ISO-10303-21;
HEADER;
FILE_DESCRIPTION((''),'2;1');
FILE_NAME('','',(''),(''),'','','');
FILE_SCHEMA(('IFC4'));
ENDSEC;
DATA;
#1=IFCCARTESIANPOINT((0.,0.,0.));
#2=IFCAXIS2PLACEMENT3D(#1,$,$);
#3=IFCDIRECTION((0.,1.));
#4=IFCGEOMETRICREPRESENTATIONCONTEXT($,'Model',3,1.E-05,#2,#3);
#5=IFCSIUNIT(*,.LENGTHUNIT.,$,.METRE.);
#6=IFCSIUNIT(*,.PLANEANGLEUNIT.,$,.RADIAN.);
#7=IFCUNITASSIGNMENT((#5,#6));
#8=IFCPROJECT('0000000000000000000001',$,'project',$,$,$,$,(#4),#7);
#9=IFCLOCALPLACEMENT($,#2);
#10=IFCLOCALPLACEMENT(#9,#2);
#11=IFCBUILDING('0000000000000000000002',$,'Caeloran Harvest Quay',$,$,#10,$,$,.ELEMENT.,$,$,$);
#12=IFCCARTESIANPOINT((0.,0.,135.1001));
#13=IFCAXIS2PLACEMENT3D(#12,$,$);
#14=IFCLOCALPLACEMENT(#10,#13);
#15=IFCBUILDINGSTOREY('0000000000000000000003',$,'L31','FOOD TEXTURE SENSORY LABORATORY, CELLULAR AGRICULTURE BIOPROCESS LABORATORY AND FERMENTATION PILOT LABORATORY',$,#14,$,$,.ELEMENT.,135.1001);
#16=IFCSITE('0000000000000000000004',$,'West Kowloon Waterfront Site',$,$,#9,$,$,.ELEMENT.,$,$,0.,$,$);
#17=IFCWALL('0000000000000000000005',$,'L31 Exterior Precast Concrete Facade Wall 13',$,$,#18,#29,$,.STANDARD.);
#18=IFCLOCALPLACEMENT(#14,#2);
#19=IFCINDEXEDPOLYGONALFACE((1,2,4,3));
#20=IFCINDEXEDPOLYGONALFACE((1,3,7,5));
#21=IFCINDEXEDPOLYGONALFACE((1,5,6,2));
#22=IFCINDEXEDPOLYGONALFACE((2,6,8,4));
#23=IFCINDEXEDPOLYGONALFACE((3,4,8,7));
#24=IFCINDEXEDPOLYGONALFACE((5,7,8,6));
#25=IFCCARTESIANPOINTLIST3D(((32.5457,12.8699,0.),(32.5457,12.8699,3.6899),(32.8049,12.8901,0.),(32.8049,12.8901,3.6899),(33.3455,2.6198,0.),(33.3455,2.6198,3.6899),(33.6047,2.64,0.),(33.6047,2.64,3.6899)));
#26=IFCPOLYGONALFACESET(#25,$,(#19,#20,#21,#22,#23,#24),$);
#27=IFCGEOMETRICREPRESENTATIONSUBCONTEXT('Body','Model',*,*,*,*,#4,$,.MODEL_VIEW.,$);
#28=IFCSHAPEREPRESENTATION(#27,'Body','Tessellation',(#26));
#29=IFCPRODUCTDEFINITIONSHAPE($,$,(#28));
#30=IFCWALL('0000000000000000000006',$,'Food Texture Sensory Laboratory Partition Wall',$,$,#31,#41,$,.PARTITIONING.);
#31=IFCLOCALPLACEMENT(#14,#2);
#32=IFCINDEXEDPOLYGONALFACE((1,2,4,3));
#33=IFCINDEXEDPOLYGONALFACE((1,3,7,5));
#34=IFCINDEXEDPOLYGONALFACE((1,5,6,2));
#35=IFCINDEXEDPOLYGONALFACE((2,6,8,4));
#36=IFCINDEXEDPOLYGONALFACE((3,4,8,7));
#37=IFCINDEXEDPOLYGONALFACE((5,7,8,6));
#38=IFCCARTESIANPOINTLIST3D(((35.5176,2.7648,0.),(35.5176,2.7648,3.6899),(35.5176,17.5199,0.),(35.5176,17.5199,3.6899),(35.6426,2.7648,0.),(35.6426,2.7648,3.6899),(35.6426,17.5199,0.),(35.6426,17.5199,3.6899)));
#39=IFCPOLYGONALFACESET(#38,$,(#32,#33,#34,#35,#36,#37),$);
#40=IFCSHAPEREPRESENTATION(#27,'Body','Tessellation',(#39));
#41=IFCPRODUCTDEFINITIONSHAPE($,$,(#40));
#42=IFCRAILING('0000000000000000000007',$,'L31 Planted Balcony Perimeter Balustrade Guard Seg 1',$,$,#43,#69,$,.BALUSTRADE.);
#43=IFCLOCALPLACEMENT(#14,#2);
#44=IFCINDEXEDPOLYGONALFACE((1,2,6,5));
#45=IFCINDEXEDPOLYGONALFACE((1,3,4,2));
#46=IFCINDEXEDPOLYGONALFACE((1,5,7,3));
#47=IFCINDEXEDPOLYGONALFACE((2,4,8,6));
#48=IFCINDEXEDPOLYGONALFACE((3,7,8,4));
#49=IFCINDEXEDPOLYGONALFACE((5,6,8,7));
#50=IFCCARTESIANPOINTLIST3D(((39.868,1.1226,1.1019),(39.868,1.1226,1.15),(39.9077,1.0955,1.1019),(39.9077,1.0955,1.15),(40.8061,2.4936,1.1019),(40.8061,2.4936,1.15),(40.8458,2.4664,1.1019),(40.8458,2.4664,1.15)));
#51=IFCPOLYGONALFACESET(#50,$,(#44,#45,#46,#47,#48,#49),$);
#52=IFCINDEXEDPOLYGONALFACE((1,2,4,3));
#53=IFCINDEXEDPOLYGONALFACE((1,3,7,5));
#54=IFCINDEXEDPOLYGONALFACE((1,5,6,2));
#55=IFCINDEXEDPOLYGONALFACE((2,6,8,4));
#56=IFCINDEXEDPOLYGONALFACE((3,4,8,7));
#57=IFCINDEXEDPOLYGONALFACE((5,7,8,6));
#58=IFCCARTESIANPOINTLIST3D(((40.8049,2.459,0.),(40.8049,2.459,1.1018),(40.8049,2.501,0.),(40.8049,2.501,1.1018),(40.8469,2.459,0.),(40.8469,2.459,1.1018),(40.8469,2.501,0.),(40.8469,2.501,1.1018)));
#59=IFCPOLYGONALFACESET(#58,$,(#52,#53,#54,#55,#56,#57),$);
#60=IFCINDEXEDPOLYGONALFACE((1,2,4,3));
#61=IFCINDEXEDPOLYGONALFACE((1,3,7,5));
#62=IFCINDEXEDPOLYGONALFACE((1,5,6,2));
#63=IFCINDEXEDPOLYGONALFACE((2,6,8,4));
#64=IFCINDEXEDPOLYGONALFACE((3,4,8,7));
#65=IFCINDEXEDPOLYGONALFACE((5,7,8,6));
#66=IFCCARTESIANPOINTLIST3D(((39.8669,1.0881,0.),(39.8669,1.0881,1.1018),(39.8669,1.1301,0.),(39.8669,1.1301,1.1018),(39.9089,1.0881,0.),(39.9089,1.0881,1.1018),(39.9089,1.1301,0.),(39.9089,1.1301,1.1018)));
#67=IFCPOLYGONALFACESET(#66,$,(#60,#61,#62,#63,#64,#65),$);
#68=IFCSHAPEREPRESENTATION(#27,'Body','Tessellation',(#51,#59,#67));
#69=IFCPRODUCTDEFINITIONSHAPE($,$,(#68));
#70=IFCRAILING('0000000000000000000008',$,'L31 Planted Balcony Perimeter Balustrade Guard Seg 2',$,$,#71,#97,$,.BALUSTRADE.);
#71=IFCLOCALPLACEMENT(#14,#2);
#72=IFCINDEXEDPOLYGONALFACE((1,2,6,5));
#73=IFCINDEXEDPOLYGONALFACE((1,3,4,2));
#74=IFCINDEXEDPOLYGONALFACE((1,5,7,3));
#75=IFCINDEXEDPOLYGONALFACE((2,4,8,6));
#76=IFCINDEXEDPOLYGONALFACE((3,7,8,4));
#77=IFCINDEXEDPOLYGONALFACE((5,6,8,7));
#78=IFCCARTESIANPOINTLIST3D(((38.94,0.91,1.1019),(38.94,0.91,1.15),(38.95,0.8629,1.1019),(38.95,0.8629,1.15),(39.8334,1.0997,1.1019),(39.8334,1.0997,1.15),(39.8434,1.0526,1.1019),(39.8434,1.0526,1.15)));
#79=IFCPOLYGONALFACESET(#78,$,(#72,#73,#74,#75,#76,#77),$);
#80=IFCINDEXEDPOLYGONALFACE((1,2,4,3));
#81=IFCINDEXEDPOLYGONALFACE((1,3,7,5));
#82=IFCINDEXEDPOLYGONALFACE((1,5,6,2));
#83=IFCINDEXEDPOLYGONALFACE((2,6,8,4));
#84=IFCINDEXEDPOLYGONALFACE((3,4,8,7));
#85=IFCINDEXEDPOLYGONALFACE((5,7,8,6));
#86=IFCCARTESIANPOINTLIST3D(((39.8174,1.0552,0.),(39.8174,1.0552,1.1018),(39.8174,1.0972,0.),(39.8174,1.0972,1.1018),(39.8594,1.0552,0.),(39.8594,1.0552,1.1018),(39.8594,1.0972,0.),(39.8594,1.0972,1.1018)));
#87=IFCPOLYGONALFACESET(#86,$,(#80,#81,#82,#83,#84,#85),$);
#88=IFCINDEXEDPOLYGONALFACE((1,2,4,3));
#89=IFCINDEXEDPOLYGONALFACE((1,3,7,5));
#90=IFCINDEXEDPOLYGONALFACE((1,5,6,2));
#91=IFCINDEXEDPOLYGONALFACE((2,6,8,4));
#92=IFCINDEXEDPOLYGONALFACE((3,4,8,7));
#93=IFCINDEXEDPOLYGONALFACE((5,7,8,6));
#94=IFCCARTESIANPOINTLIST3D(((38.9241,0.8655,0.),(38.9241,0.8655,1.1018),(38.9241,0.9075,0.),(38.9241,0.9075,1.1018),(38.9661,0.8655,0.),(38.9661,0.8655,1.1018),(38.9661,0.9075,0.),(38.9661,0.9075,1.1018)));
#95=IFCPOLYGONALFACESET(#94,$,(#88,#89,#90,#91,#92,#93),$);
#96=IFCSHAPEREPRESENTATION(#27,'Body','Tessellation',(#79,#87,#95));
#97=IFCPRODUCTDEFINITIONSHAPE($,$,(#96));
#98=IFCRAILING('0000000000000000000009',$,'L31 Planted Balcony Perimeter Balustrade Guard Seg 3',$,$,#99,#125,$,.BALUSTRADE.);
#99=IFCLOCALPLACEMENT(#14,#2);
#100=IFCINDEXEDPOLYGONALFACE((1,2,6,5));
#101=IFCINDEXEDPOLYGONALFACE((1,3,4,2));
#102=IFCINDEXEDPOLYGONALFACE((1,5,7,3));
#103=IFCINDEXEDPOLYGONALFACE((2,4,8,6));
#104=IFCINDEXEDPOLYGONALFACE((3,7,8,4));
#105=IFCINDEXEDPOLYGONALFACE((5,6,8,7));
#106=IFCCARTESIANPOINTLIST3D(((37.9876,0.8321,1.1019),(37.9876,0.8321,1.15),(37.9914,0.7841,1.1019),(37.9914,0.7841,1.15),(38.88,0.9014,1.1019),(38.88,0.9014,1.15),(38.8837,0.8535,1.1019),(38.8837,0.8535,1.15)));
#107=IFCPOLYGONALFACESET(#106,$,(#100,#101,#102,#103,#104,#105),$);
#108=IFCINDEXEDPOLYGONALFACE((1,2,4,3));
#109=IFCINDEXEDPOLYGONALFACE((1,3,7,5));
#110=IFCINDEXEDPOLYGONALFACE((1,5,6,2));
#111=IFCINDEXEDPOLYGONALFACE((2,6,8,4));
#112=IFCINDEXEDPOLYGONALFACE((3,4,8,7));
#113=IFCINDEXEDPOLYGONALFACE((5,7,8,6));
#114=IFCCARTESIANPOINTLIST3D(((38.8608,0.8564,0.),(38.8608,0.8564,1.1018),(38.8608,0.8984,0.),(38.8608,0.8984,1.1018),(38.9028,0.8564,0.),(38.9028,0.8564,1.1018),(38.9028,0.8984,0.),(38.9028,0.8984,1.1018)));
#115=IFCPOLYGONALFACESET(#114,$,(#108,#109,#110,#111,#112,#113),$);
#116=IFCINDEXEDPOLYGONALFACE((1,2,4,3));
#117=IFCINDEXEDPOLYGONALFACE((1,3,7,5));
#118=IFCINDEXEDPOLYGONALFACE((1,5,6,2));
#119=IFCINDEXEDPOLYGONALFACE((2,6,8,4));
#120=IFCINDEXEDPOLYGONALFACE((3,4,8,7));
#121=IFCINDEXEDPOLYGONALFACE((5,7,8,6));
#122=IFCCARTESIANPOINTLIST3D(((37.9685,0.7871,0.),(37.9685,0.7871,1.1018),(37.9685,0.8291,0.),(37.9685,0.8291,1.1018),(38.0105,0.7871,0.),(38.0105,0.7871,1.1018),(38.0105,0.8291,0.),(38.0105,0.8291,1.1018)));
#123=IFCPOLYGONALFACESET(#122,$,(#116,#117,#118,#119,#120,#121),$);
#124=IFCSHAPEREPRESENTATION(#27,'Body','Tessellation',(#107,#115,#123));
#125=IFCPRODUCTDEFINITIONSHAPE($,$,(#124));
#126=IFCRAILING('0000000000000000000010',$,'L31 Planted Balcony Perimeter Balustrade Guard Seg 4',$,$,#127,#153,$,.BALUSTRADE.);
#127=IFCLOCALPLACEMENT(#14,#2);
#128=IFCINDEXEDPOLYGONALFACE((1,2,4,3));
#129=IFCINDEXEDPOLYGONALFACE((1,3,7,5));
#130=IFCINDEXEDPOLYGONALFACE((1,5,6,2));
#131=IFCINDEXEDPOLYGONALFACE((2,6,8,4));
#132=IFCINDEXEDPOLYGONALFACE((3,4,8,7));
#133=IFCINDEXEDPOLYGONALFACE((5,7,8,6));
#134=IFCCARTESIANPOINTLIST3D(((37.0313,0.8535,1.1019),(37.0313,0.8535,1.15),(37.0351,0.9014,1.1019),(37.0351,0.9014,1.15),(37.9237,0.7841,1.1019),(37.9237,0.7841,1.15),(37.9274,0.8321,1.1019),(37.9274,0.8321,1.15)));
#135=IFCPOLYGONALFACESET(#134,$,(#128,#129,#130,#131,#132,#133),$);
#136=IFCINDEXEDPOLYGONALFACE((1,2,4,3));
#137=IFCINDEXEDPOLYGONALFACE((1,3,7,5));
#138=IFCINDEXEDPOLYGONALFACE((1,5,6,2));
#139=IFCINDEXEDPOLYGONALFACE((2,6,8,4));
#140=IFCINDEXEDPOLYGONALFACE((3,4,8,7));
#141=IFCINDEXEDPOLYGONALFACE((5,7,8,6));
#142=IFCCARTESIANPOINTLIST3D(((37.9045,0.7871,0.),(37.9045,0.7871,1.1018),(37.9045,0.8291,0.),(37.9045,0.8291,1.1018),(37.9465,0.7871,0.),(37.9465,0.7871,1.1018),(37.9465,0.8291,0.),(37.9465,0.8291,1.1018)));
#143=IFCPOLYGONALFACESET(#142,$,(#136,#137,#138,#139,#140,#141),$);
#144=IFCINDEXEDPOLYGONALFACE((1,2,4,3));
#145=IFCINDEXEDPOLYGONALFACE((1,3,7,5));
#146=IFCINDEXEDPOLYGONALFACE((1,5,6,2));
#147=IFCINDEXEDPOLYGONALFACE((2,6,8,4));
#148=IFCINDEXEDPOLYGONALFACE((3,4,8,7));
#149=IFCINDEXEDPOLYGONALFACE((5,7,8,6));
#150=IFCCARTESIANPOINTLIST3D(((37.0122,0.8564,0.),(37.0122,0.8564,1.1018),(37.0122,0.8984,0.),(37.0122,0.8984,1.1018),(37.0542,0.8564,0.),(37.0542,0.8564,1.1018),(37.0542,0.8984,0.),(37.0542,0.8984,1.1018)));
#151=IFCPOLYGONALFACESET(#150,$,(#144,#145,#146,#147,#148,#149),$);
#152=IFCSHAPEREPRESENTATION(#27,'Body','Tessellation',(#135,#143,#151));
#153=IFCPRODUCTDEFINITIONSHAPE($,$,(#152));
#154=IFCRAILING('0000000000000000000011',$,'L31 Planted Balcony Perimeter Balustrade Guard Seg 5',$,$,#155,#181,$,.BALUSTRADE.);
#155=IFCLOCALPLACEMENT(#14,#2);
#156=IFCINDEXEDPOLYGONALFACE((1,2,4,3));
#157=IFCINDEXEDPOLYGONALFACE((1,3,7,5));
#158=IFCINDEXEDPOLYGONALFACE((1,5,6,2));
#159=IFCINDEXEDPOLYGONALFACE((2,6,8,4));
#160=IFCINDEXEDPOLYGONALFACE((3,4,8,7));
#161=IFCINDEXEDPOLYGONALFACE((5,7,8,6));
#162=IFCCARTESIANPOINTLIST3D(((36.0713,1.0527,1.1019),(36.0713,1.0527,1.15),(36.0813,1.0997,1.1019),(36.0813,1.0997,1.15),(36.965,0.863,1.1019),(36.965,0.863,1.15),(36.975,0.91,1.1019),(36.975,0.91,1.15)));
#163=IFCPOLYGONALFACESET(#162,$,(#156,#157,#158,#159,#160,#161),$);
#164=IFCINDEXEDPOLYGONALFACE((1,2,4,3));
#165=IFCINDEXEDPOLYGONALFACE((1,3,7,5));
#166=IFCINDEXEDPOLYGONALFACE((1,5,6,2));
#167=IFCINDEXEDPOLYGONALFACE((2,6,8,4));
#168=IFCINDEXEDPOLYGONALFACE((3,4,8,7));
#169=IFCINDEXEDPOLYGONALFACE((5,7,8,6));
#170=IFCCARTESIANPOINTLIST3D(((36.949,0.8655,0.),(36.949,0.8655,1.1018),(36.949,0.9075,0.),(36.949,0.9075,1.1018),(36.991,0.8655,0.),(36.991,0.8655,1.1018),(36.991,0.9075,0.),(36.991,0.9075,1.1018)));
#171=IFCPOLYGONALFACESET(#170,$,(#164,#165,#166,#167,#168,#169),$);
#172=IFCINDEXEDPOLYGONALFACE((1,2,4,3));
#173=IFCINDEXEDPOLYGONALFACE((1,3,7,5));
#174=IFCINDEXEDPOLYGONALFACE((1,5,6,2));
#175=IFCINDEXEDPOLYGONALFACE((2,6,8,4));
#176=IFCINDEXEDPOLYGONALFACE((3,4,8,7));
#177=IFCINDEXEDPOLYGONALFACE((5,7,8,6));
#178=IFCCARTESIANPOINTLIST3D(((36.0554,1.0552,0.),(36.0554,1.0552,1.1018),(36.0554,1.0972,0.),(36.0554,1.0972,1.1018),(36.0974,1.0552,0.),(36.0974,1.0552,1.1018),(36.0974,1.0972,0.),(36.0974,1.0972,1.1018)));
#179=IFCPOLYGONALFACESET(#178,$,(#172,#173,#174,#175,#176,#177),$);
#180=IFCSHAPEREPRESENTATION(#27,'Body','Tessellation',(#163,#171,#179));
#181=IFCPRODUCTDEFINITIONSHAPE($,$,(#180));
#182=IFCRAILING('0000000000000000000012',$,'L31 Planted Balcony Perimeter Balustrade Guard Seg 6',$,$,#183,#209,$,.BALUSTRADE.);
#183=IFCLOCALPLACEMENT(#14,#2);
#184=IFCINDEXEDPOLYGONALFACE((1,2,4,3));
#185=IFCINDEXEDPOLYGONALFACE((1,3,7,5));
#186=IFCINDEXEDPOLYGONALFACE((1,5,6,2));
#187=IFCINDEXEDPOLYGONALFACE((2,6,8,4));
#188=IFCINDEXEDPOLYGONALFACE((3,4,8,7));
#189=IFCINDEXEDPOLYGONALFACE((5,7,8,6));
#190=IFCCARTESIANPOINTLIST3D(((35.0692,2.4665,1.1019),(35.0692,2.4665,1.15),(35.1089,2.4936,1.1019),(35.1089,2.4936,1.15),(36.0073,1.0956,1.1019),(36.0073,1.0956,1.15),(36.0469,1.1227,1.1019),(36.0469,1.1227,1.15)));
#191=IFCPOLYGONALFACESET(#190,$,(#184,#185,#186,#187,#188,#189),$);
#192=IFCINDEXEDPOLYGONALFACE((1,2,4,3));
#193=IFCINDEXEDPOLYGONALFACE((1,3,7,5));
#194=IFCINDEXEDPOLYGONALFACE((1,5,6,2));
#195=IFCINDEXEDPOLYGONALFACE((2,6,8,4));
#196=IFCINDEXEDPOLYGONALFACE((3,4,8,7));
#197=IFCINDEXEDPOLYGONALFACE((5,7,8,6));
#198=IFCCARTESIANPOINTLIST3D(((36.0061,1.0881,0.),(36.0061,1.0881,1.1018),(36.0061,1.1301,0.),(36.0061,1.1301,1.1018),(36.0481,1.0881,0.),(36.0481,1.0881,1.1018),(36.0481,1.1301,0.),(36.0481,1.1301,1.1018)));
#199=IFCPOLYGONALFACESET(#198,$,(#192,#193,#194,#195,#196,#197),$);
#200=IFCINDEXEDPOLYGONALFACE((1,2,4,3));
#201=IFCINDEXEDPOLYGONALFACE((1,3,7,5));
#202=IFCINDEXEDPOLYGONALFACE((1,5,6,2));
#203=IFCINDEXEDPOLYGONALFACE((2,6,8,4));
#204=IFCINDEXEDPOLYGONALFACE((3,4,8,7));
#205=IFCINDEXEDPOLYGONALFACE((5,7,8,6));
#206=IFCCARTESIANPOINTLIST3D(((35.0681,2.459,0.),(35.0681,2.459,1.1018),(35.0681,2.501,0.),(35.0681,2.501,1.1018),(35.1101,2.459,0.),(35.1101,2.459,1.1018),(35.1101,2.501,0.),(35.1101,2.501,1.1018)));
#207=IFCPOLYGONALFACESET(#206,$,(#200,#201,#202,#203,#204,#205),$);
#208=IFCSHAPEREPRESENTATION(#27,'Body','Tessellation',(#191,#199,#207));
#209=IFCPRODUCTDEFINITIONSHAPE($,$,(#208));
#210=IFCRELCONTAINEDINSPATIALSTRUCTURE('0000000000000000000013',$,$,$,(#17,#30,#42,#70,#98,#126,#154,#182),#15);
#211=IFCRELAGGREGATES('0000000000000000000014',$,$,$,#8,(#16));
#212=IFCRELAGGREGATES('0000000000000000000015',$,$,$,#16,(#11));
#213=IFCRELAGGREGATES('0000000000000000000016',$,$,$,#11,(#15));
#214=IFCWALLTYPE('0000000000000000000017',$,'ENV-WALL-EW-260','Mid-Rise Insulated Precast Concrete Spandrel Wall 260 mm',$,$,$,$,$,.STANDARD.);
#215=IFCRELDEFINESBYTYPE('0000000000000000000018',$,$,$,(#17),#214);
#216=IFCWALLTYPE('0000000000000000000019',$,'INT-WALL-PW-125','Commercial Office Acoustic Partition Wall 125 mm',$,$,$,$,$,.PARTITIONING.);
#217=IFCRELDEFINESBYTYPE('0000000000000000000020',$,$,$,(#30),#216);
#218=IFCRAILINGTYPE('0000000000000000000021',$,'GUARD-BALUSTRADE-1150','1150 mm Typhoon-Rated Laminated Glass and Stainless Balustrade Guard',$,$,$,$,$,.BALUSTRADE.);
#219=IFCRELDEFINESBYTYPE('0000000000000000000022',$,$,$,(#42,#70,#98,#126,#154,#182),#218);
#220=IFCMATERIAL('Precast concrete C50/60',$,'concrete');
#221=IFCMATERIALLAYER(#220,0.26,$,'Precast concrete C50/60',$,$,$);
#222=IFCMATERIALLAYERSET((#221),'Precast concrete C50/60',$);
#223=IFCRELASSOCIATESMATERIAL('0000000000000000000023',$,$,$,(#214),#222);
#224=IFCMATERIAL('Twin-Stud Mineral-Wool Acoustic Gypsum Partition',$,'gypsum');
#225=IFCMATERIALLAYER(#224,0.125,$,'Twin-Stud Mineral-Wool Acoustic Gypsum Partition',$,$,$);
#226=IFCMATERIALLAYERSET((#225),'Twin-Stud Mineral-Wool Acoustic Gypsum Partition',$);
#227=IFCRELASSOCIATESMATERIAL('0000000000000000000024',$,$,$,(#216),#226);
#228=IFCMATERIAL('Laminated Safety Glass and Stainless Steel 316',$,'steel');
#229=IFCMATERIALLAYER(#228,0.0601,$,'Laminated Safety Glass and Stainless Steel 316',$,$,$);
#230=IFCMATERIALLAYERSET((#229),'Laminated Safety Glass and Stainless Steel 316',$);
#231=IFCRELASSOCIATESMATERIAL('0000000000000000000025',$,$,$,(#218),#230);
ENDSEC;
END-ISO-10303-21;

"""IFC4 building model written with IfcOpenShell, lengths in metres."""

from ifc_helpers import new_model, si_unit, direction, frame, frame_2d, origin, origin_2d, place, context, subcontext, project, spatial, rectangle, extrude, material, layer, layer_set, type_object, element, save


model = new_model("IFC4")

# Units and contexts
model_context = context("Model", 3, precision=1e-05, world=origin(), true_north=direction((0.0, 1.0)))
body_context = subcontext(model_context, "Body", "Model", "MODEL_VIEW")
ifc_project = project(units=[si_unit("LENGTHUNIT", "METRE"), si_unit("PLANEANGLEUNIT", "RADIAN")], contexts=[model_context])

# Site, building, storey
site_placement = place(None, origin())
site = spatial("IfcSite", under=ifc_project, at=site_placement, Name="West Kowloon Waterfront Site", CompositionType="ELEMENT", RefElevation=0.0)
building_placement = place(site_placement, origin())
building = spatial("IfcBuilding", under=site, at=building_placement, Name="Caeloran Harvest Quay", CompositionType="ELEMENT")
storey_placement = place(building_placement, frame((0.0, 0.0, 135.1001)))
storey = spatial("IfcBuildingStorey", under=building, at=storey_placement, Name="L31", Description="FOOD TEXTURE SENSORY LABORATORY, CELLULAR AGRICULTURE BIOPROCESS LABORATORY AND FERMENTATION PILOT LABORATORY", CompositionType="ELEMENT", Elevation=135.1001)

# Shared definitions
ifc_material_1 = material(Name="Precast concrete C50/60", Category="concrete")

# Shared definitions
ifc_layer_1 = layer(ifc_material_1, 0.26, Name="Precast concrete C50/60")
ifc_layer_set_1 = layer_set([ifc_layer_1], Name="Precast concrete C50/60")
wall_type_1 = type_object("IfcWallType", Name="ENV-WALL-EW-260", Description="Mid-Rise Insulated Precast Concrete Spandrel Wall 260 mm", PredefinedType="STANDARD", material=ifc_layer_set_1)

# Walls
wall_1_placement = place(storey_placement, frame((33.4751, 2.6299, 0.0), z_axis=(0.0, 0.0, 1.0), x_axis=(-0.077793, 0.99697, 0.0)))
element("IfcWall", 1, at=wall_1_placement, inside=storey, type_object=wall_type_1, Name="L31 Exterior Precast Concrete Facade Wall 13", PredefinedType="STANDARD", context=body_context, shape_type="SweptSolid", body=[
    extrude(rectangle(XDim=10.2812, YDim=0.26, at=frame_2d((5.1406, 0.0))), origin(), (0.0, 0.0, 1.0), 3.6899),
])
ifc_material_2 = material(Name="Twin-Stud Mineral-Wool Acoustic Gypsum Partition", Category="gypsum")
ifc_layer_2 = layer(ifc_material_2, 0.125, Name="Twin-Stud Mineral-Wool Acoustic Gypsum Partition")
ifc_layer_set_2 = layer_set([ifc_layer_2], Name="Twin-Stud Mineral-Wool Acoustic Gypsum Partition")
wall_type_2 = type_object("IfcWallType", Name="INT-WALL-PW-125", Description="Commercial Office Acoustic Partition Wall 125 mm", PredefinedType="PARTITIONING", material=ifc_layer_set_2)
wall_2_placement = place(storey_placement, frame((35.5801, 2.7649, 0.0), z_axis=(0.0, 0.0, 1.0), x_axis=(0.0, 1.0, 0.0)))
element("IfcWall", 2, at=wall_2_placement, inside=storey, type_object=wall_type_2, Name="Food Texture Sensory Laboratory Partition Wall", PredefinedType="PARTITIONING", context=body_context, shape_type="SweptSolid", body=[
    extrude(rectangle(XDim=14.7551, YDim=0.125, at=frame_2d((7.3774, 0.0))), origin(), (0.0, 0.0, 1.0), 3.6899),
])

# Railings
ifc_material_3 = material(Name="Laminated Safety Glass and Stainless Steel 316", Category="steel")
ifc_layer_3 = layer(ifc_material_3, 0.0601, Name="Laminated Safety Glass and Stainless Steel 316")
ifc_layer_set_3 = layer_set([ifc_layer_3], Name="Laminated Safety Glass and Stainless Steel 316")
railing_type = type_object("IfcRailingType", Name="GUARD-BALUSTRADE-1150", Description="1150 mm Typhoon-Rated Laminated Glass and Stainless Balustrade Guard", PredefinedType="BALUSTRADE", material=ifc_layer_set_3)
railing_1_placement = place(storey_placement, frame((40.8259, 2.48, 0.0)))
element("IfcRailing", 3, at=railing_1_placement, inside=storey, type_object=railing_type, Name="L31 Planted Balcony Perimeter Balustrade Guard Seg 1", PredefinedType="BALUSTRADE", context=body_context, shape_type="SweptSolid", body=[
    extrude(rectangle(XDim=0.0481, YDim=0.0481, at=origin_2d()), frame((0.0, 0.0, 1.126), z_axis=(-0.5647, -0.825296, 0.0), x_axis=(0.825296, -0.5647, 0.0)), (0.0, 0.0, 1.0), 1.6611),
    extrude(rectangle(XDim=0.042, YDim=0.042, at=origin_2d()), origin(), (0.0, 0.0, 1.0), 1.1018),
    extrude(rectangle(XDim=0.042, YDim=0.042, at=origin_2d()), frame((-0.938, -1.3708, 0.0)), (0.0, 0.0, 1.0), 1.1018),
])
railing_2_placement = place(storey_placement, frame((39.8384, 1.0762, 0.0)))
element("IfcRailing", 4, at=railing_2_placement, inside=storey, type_object=railing_type, Name="L31 Planted Balcony Perimeter Balustrade Guard Seg 2", PredefinedType="BALUSTRADE", context=body_context, shape_type="SweptSolid", body=[
    extrude(rectangle(XDim=0.0481, YDim=0.0481, at=origin_2d()), frame((0.0, 0.0, 1.126), z_axis=(-0.978188, -0.207721, 0.0), x_axis=(0.207721, -0.978188, 0.0)), (0.0, 0.0, 1.0), 0.9133),
    extrude(rectangle(XDim=0.042, YDim=0.042, at=origin_2d()), origin(), (0.0, 0.0, 1.0), 1.1018),
    extrude(rectangle(XDim=0.042, YDim=0.042, at=origin_2d()), frame((-0.8933, -0.1897, 0.0)), (0.0, 0.0, 1.0), 1.1018),
])
railing_3_placement = place(storey_placement, frame((38.8818, 0.8774, 0.0)))
element("IfcRailing", 5, at=railing_3_placement, inside=storey, type_object=railing_type, Name="L31 Planted Balcony Perimeter Balustrade Guard Seg 3", PredefinedType="BALUSTRADE", context=body_context, shape_type="SweptSolid", body=[
    extrude(rectangle(XDim=0.0481, YDim=0.0481, at=origin_2d()), frame((0.0, 0.0, 1.126), z_axis=(-0.996995, -0.077468, 0.0), x_axis=(0.077468, -0.996995, 0.0)), (0.0, 0.0, 1.0), 0.895),
    extrude(rectangle(XDim=0.042, YDim=0.042, at=origin_2d()), origin(), (0.0, 0.0, 1.0), 1.1018),
    extrude(rectangle(XDim=0.042, YDim=0.042, at=origin_2d()), frame((-0.8923, -0.0693, 0.0)), (0.0, 0.0, 1.0), 1.1018),
])
railing_4_placement = place(storey_placement, frame((37.9255, 0.8081, 0.0)))
element("IfcRailing", 6, at=railing_4_placement, inside=storey, type_object=railing_type, Name="L31 Planted Balcony Perimeter Balustrade Guard Seg 4", PredefinedType="BALUSTRADE", context=body_context, shape_type="SweptSolid", body=[
    extrude(rectangle(XDim=0.0481, YDim=0.0481, at=origin_2d()), frame((0.0, 0.0, 1.126), z_axis=(-0.996995, 0.077468, 0.0), x_axis=(-0.077468, -0.996995, 0.0)), (0.0, 0.0, 1.0), 0.895),
    extrude(rectangle(XDim=0.042, YDim=0.042, at=origin_2d()), origin(), (0.0, 0.0, 1.0), 1.1018),
    extrude(rectangle(XDim=0.042, YDim=0.042, at=origin_2d()), frame((-0.8923, 0.0693, 0.0)), (0.0, 0.0, 1.0), 1.1018),
])
railing_5_placement = place(storey_placement, frame((36.97, 0.8865, 0.0)))
element("IfcRailing", 7, at=railing_5_placement, inside=storey, type_object=railing_type, Name="L31 Planted Balcony Perimeter Balustrade Guard Seg 5", PredefinedType="BALUSTRADE", context=body_context, shape_type="SweptSolid", body=[
    extrude(rectangle(XDim=0.0481, YDim=0.0481, at=origin_2d()), frame((0.0, 0.0, 1.126), z_axis=(-0.9782, 0.207667, 0.0), x_axis=(-0.207667, -0.9782, 0.0)), (0.0, 0.0, 1.0), 0.9136),
    extrude(rectangle(XDim=0.042, YDim=0.042, at=origin_2d()), origin(), (0.0, 0.0, 1.0), 1.1018),
    extrude(rectangle(XDim=0.042, YDim=0.042, at=origin_2d()), frame((-0.8936, 0.1897, 0.0)), (0.0, 0.0, 1.0), 1.1018),
])
railing_6_placement = place(storey_placement, frame((36.0271, 1.1091, 0.0)))
element("IfcRailing", 8, at=railing_6_placement, inside=storey, type_object=railing_type, Name="L31 Planted Balcony Perimeter Balustrade Guard Seg 6", PredefinedType="BALUSTRADE", context=body_context, shape_type="SweptSolid", body=[
    extrude(rectangle(XDim=0.0481, YDim=0.0481, at=origin_2d()), frame((0.0, 0.0, 1.126), z_axis=(-0.5647, 0.825296, 0.0), x_axis=(-0.825296, -0.5647, 0.0)), (0.0, 0.0, 1.0), 1.6611),
    extrude(rectangle(XDim=0.042, YDim=0.042, at=origin_2d()), origin(), (0.0, 0.0, 1.0), 1.1018),
    extrude(rectangle(XDim=0.042, YDim=0.042, at=origin_2d()), frame((-0.938, 1.3708, 0.0)), (0.0, 0.0, 1.0), 1.1018),
])

save(model, "model.ifc")
